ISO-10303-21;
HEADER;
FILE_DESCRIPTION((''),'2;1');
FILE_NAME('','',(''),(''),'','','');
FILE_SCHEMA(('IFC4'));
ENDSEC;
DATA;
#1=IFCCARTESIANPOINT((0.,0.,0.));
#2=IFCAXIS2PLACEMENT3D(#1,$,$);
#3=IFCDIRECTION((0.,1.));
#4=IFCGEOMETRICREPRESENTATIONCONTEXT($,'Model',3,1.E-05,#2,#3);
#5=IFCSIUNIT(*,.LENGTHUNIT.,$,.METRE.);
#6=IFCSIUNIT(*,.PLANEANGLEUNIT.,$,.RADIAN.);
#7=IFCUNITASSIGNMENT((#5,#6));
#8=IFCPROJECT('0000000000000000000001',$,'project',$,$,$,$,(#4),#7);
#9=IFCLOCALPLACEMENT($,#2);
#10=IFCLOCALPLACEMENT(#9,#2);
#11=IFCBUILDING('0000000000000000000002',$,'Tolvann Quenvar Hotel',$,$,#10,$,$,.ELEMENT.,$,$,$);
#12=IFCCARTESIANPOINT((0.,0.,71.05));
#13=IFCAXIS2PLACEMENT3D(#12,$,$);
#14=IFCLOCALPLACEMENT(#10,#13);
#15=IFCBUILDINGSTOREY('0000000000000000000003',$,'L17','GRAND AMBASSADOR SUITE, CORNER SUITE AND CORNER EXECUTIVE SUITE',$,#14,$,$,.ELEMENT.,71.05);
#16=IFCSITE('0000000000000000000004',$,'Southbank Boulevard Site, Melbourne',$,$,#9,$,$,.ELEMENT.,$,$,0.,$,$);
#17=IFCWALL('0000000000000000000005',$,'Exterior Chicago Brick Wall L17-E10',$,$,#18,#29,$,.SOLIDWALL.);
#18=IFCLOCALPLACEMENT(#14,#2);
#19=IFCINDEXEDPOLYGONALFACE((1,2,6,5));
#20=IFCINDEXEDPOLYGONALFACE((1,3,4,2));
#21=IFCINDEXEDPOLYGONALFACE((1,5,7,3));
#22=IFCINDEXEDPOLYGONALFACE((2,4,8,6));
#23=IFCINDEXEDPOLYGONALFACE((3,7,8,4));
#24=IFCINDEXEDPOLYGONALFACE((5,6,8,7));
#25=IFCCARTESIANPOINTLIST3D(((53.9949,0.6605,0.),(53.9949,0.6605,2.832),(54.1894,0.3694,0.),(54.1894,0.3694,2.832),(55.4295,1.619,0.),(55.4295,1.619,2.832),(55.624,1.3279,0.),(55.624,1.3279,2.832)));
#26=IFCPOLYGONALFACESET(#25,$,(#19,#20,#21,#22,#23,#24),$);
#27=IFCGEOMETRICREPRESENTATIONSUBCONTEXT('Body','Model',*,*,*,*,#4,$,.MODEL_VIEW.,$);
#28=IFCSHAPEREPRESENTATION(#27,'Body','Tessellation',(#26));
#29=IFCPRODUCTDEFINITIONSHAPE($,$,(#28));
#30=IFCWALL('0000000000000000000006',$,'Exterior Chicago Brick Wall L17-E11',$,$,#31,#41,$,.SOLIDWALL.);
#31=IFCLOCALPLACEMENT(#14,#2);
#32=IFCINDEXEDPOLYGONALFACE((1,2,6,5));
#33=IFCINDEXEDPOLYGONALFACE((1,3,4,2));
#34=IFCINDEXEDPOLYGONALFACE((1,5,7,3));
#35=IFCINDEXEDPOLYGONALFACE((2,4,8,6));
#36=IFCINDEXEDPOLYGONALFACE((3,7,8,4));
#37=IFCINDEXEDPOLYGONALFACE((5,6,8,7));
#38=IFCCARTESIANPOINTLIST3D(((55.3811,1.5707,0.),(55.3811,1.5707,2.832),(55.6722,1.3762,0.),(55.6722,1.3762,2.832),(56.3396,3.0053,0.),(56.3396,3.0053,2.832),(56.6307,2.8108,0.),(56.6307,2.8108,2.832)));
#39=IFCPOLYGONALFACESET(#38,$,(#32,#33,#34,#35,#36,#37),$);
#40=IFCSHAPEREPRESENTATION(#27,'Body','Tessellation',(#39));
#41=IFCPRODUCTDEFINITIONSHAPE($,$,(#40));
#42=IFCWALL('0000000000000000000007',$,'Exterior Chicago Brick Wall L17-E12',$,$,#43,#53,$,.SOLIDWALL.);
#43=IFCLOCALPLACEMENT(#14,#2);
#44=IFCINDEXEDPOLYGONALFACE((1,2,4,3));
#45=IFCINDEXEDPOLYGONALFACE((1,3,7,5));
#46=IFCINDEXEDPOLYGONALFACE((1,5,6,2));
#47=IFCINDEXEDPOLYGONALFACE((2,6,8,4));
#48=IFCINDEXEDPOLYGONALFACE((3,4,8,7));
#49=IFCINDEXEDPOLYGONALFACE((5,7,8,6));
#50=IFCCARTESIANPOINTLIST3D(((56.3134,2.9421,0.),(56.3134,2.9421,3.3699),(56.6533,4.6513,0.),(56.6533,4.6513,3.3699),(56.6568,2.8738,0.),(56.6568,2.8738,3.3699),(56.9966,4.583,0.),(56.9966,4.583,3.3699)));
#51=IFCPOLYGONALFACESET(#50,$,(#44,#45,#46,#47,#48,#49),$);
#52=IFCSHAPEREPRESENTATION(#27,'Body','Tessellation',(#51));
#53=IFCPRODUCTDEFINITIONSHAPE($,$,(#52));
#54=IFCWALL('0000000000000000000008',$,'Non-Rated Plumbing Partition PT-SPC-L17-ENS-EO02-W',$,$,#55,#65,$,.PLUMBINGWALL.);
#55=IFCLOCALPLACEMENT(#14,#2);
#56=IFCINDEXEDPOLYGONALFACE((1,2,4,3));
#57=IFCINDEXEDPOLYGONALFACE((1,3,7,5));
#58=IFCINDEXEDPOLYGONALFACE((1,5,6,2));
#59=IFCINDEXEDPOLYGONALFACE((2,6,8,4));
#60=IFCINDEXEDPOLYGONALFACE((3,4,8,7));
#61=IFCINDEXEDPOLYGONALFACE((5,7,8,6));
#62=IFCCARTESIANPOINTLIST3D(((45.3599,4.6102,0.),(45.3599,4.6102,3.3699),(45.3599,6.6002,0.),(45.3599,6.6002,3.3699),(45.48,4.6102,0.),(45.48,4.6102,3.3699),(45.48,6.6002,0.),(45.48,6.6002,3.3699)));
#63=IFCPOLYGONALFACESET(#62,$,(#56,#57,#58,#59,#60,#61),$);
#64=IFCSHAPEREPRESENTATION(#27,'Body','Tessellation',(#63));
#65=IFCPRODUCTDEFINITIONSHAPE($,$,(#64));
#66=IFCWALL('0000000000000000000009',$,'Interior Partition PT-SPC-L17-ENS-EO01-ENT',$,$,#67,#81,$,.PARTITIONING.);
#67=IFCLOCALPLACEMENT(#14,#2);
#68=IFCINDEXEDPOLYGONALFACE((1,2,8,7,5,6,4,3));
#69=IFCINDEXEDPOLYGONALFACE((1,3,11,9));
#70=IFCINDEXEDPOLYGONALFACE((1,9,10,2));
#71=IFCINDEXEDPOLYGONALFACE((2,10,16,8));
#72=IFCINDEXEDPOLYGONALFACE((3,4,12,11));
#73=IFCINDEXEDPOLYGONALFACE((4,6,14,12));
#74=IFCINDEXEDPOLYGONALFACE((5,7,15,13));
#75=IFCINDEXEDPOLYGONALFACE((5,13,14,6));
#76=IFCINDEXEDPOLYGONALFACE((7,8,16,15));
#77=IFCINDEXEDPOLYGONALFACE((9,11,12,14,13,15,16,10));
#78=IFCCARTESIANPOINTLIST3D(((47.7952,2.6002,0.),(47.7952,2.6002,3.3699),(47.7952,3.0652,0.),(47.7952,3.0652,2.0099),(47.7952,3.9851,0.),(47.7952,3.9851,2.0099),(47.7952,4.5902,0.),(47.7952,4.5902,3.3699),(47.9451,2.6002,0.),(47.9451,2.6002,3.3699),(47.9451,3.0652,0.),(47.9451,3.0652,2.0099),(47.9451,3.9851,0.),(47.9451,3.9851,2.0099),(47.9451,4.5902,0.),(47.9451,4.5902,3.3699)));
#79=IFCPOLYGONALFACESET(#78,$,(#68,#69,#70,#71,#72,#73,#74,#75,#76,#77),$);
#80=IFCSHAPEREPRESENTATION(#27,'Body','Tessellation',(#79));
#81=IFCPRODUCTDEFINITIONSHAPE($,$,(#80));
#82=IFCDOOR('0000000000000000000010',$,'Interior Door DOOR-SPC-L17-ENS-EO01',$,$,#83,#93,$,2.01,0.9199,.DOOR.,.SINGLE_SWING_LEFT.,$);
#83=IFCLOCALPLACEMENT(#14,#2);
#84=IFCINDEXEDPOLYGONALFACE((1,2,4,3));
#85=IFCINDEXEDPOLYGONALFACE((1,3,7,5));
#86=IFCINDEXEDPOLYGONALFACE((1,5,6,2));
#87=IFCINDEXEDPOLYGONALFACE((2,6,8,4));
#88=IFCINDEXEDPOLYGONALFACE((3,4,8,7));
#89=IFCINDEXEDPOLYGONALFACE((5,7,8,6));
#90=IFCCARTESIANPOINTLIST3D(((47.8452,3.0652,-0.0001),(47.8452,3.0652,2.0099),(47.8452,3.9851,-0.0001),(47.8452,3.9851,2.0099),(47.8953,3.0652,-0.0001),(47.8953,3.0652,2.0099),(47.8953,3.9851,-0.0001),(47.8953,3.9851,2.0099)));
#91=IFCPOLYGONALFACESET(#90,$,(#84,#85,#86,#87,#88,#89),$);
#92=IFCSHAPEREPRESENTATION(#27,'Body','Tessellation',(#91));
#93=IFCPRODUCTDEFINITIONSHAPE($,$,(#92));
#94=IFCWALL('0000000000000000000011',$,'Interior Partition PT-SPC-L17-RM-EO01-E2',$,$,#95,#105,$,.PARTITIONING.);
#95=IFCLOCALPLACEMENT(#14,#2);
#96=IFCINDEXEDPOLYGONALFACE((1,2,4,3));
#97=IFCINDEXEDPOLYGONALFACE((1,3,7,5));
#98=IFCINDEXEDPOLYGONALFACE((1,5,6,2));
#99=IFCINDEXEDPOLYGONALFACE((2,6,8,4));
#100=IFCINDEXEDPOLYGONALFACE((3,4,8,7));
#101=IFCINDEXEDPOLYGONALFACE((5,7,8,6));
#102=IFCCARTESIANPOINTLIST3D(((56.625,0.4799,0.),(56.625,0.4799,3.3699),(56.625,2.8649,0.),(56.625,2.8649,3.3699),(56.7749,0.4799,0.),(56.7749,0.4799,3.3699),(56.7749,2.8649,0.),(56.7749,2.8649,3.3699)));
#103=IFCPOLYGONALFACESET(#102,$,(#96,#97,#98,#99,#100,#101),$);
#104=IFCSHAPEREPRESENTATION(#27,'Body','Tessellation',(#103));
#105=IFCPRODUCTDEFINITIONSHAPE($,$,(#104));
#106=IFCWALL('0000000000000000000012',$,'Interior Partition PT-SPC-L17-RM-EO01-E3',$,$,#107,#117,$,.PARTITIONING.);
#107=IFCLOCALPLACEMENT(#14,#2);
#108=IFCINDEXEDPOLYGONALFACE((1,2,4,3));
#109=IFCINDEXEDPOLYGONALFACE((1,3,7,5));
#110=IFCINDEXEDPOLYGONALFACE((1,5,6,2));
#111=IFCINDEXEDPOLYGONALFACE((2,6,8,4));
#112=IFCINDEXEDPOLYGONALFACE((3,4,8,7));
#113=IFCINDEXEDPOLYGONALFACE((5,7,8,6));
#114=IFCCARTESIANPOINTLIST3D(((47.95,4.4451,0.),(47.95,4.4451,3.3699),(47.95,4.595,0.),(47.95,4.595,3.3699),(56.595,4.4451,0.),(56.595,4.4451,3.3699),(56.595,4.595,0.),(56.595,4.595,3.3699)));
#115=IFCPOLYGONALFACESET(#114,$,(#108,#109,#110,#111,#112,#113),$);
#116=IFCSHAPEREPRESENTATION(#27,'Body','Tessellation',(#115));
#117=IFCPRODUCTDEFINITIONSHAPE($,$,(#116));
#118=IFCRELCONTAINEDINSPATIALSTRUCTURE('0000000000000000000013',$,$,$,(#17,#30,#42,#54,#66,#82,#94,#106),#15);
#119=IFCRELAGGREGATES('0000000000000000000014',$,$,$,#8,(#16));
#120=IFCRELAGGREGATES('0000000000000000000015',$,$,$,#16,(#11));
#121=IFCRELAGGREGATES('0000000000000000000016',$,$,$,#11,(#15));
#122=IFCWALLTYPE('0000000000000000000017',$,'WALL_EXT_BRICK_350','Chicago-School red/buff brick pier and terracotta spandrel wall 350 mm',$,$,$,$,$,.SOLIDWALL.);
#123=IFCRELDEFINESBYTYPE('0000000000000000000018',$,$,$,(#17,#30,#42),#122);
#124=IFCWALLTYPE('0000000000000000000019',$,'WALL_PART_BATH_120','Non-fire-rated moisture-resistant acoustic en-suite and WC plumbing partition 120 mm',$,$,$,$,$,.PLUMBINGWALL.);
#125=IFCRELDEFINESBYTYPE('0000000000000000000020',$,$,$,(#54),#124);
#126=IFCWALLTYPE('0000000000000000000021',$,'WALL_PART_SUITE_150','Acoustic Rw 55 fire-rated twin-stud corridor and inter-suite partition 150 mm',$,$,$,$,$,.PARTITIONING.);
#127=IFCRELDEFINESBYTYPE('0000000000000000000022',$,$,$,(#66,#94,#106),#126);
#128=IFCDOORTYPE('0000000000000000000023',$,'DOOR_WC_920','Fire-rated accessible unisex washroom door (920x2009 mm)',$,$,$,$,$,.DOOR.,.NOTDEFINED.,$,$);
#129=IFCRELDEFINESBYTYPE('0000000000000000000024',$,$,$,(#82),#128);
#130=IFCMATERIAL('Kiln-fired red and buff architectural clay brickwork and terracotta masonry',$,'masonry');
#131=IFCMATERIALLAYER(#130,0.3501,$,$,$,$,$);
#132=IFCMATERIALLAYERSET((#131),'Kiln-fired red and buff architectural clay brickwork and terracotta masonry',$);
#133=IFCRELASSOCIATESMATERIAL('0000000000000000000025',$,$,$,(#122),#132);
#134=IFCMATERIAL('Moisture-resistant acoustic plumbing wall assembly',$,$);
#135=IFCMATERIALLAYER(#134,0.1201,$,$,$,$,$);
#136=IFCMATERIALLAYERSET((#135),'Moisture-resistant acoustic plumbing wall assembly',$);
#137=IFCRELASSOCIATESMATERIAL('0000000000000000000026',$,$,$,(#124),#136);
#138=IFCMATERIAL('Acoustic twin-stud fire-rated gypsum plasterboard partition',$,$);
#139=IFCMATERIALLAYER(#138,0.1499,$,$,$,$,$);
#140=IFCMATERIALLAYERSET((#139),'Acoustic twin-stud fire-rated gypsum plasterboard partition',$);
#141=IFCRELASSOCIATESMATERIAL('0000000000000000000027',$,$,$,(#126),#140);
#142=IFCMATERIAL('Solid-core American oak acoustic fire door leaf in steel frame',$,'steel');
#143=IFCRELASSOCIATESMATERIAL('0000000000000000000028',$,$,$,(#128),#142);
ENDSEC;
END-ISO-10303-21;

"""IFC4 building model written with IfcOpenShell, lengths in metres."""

from ifc_helpers import new_model, si_unit, direction, frame, frame_2d, origin, place, context, subcontext, project, spatial, rectangle, extrude, source, transform, mapped, material, layer, layer_set, type_object, type_shapes, element, fill, save


model = new_model("IFC4")

# Units and contexts
model_context = context("Model", 3, precision=1e-05, world=origin(), true_north=direction((0.0, 1.0)))
body_context = subcontext(model_context, "Body", "Model", "MODEL_VIEW")
ifc_project = project(units=[si_unit("LENGTHUNIT", "METRE"), si_unit("PLANEANGLEUNIT", "RADIAN")], contexts=[model_context])

# Site, building, storey
site_placement = place(None, origin())
site = spatial("IfcSite", under=ifc_project, at=site_placement, Name="Southbank Boulevard Site, Melbourne", CompositionType="ELEMENT", RefElevation=0.0)
building_placement = place(site_placement, origin())
building = spatial("IfcBuilding", under=site, at=building_placement, Name="Tolvann Quenvar Hotel", CompositionType="ELEMENT")
storey_placement = place(building_placement, frame((0.0, 0.0, 71.05)))
storey = spatial("IfcBuildingStorey", under=building, at=storey_placement, Name="L17", Description="GRAND AMBASSADOR SUITE, CORNER SUITE AND CORNER EXECUTIVE SUITE", CompositionType="ELEMENT", Elevation=71.05)

# Walls
ifc_material_1 = material(Name="Kiln-fired red and buff architectural clay brickwork and terracotta masonry", Category="masonry")
ifc_layer_1 = layer(ifc_material_1, 0.3501)
ifc_layer_set_1 = layer_set([ifc_layer_1], Name="Kiln-fired red and buff architectural clay brickwork and terracotta masonry")
wall_type_1 = type_object("IfcWallType", Name="WALL_EXT_BRICK_350", Description="Chicago-School red/buff brick pier and terracotta spandrel wall 350 mm", PredefinedType="SOLIDWALL", material=ifc_layer_set_1)
for number, where, z_axis, x_axis, name in (
    (1, (54.092, 0.5149, 0.0), (0.0, 0.0, 1.0), (0.831484, 0.555549, 0.0), "Exterior Chicago Brick Wall L17-E10"),
    (2, (55.5266, 1.4734, 0.0), (0.0, 0.0, 1.0), (0.555549, 0.831484, 0.0), "Exterior Chicago Brick Wall L17-E11"),
):
    element("IfcWall", number, at=place(storey_placement, frame(where, z_axis=z_axis, x_axis=x_axis)), inside=storey, type_object=wall_type_1, Name=name, PredefinedType="SOLIDWALL", context=body_context, shape_type="SweptSolid", body=[
        extrude(rectangle(XDim=1.7253, YDim=0.3501, at=frame_2d((0.8628, 0.0))), origin(), (0.0, 0.0, 1.0), 2.832),
    ])
wall_1_placement = place(storey_placement, frame((56.4851, 2.908, 0.0), z_axis=(0.0, 0.0, 1.0), x_axis=(0.195011, 0.980801, 0.0)))
element("IfcWall", 3, at=wall_1_placement, inside=storey, type_object=wall_type_1, Name="Exterior Chicago Brick Wall L17-E12", PredefinedType="SOLIDWALL", context=body_context, shape_type="SweptSolid", body=[
    extrude(rectangle(XDim=1.7427, YDim=0.3501, at=frame_2d((0.8713, 0.0))), origin(), (0.0, 0.0, 1.0), 3.3699),
])
ifc_material_2 = material(Name="Moisture-resistant acoustic plumbing wall assembly")
ifc_layer_2 = layer(ifc_material_2, 0.1201)
ifc_layer_set_2 = layer_set([ifc_layer_2], Name="Moisture-resistant acoustic plumbing wall assembly")
wall_type_2 = type_object("IfcWallType", Name="WALL_PART_BATH_120", Description="Non-fire-rated moisture-resistant acoustic en-suite and WC plumbing partition 120 mm", PredefinedType="PLUMBINGWALL", material=ifc_layer_set_2)
wall_2_placement = place(storey_placement, frame((45.4199, 4.6101, 0.0), z_axis=(0.0, 0.0, 1.0), x_axis=(0.0, 1.0, 0.0)))
element("IfcWall", 4, at=wall_2_placement, inside=storey, type_object=wall_type_2, Name="Non-Rated Plumbing Partition PT-SPC-L17-ENS-EO02-W", PredefinedType="PLUMBINGWALL", context=body_context, shape_type="SweptSolid", body=[
    extrude(rectangle(XDim=1.99, YDim=0.1201, at=frame_2d((0.9951, 0.0))), origin(), (0.0, 0.0, 1.0), 3.3699),
])

# Wall, opening, door
ifc_material_3 = material(Name="Acoustic twin-stud fire-rated gypsum plasterboard partition")
ifc_layer_3 = layer(ifc_material_3, 0.1499)
ifc_layer_set_3 = layer_set([ifc_layer_3], Name="Acoustic twin-stud fire-rated gypsum plasterboard partition")
wall_type_3 = type_object("IfcWallType", Name="WALL_PART_SUITE_150", Description="Acoustic Rw 55 fire-rated twin-stud corridor and inter-suite partition 150 mm", PredefinedType="PARTITIONING", material=ifc_layer_set_3)
wall_3_placement = place(storey_placement, frame((47.8701, 2.6001, 0.0), z_axis=(0.0, 0.0, 1.0), x_axis=(0.0, 1.0, 0.0)))
wall_3 = element("IfcWall", 5, at=wall_3_placement, inside=storey, type_object=wall_type_3, Name="Interior Partition PT-SPC-L17-ENS-EO01-ENT", PredefinedType="PARTITIONING", context=body_context, shape_type="SweptSolid", body=[
    extrude(rectangle(XDim=1.99, YDim=0.1499, at=frame_2d((0.9951, 0.0))), origin(), (0.0, 0.0, 1.0), 3.3699),
])
opening_placement = place(wall_3_placement, frame((0.4651, 0.0, 0.0)))
opening = element("IfcOpeningElement", 6, at=opening_placement, cuts=wall_3, PredefinedType="OPENING", context=body_context, shape_type="SweptSolid", body=[
    extrude(rectangle(XDim=0.9199, YDim=2.01, at=frame_2d((0.46, 1.0049))), frame((0.0, 0.085, 0.0), z_axis=(0.0, -1.0, 0.0), x_axis=(1.0, 0.0, 0.0)), (0.0, 0.0, 1.0), 0.1699),
])
ifc_material_4 = material(Name="Solid-core American oak acoustic fire door leaf in steel frame", Category="steel")
door_type = type_object("IfcDoorType", Name="DOOR_WC_920", Description="Fire-rated accessible unisex washroom door (920x2009 mm)", OperationType="NOTDEFINED", PredefinedType="DOOR", material=ifc_material_4)
shared_shape_1 = source(origin(), body_context, "Body", "SweptSolid", [
    extrude(rectangle(XDim=0.9199, YDim=2.01, at=frame_2d((0.46, 1.0049))), frame((0.0, 0.0249, 0.0), z_axis=(0.0, -1.0, 0.0), x_axis=(1.0, 0.0, 0.0)), (0.0, 0.0, 1.0), 0.05),
])
type_shapes(door_type, [shared_shape_1])
door_placement = place(opening_placement, origin())
door = element("IfcDoor", 7, at=door_placement, inside=storey, type_object=door_type, Name="Interior Door DOOR-SPC-L17-ENS-EO01", OperationType="SINGLE_SWING_LEFT", OverallHeight=2.01, OverallWidth=0.9199, PredefinedType="DOOR", context=body_context, shape_type="MappedRepresentation", body=[
    mapped(shared_shape_1, transform((0.0, 0.0, 0.0), x_axis=(1.0, 0.0, 0.0), y_axis=(0.0, 1.0, 0.0), z_axis=(0.0, 0.0, 1.0), scale=1.0)),
])
fill(opening, door)

# Walls
wall_4_placement = place(storey_placement, frame((56.7, 0.48, 0.0), z_axis=(0.0, 0.0, 1.0), x_axis=(0.0, 1.0, 0.0)))
element("IfcWall", 8, at=wall_4_placement, inside=storey, type_object=wall_type_3, Name="Interior Partition PT-SPC-L17-RM-EO01-E2", PredefinedType="PARTITIONING", context=body_context, shape_type="SweptSolid", body=[
    extrude(rectangle(XDim=2.385, YDim=0.1499, at=frame_2d((1.1924, 0.0))), origin(), (0.0, 0.0, 1.0), 3.3699),
])
wall_5_placement = place(storey_placement, frame((47.95, 4.52, 0.0), z_axis=(0.0, 0.0, 1.0), x_axis=(1.0, 0.0, 0.0)))
element("IfcWall", 9, at=wall_5_placement, inside=storey, type_object=wall_type_3, Name="Interior Partition PT-SPC-L17-RM-EO01-E3", PredefinedType="PARTITIONING", context=body_context, shape_type="SweptSolid", body=[
    extrude(rectangle(XDim=8.645, YDim=0.1499, at=frame_2d((4.3225, 0.0))), origin(), (0.0, 0.0, 1.0), 3.3699),
])

save(model, "model.ifc")
